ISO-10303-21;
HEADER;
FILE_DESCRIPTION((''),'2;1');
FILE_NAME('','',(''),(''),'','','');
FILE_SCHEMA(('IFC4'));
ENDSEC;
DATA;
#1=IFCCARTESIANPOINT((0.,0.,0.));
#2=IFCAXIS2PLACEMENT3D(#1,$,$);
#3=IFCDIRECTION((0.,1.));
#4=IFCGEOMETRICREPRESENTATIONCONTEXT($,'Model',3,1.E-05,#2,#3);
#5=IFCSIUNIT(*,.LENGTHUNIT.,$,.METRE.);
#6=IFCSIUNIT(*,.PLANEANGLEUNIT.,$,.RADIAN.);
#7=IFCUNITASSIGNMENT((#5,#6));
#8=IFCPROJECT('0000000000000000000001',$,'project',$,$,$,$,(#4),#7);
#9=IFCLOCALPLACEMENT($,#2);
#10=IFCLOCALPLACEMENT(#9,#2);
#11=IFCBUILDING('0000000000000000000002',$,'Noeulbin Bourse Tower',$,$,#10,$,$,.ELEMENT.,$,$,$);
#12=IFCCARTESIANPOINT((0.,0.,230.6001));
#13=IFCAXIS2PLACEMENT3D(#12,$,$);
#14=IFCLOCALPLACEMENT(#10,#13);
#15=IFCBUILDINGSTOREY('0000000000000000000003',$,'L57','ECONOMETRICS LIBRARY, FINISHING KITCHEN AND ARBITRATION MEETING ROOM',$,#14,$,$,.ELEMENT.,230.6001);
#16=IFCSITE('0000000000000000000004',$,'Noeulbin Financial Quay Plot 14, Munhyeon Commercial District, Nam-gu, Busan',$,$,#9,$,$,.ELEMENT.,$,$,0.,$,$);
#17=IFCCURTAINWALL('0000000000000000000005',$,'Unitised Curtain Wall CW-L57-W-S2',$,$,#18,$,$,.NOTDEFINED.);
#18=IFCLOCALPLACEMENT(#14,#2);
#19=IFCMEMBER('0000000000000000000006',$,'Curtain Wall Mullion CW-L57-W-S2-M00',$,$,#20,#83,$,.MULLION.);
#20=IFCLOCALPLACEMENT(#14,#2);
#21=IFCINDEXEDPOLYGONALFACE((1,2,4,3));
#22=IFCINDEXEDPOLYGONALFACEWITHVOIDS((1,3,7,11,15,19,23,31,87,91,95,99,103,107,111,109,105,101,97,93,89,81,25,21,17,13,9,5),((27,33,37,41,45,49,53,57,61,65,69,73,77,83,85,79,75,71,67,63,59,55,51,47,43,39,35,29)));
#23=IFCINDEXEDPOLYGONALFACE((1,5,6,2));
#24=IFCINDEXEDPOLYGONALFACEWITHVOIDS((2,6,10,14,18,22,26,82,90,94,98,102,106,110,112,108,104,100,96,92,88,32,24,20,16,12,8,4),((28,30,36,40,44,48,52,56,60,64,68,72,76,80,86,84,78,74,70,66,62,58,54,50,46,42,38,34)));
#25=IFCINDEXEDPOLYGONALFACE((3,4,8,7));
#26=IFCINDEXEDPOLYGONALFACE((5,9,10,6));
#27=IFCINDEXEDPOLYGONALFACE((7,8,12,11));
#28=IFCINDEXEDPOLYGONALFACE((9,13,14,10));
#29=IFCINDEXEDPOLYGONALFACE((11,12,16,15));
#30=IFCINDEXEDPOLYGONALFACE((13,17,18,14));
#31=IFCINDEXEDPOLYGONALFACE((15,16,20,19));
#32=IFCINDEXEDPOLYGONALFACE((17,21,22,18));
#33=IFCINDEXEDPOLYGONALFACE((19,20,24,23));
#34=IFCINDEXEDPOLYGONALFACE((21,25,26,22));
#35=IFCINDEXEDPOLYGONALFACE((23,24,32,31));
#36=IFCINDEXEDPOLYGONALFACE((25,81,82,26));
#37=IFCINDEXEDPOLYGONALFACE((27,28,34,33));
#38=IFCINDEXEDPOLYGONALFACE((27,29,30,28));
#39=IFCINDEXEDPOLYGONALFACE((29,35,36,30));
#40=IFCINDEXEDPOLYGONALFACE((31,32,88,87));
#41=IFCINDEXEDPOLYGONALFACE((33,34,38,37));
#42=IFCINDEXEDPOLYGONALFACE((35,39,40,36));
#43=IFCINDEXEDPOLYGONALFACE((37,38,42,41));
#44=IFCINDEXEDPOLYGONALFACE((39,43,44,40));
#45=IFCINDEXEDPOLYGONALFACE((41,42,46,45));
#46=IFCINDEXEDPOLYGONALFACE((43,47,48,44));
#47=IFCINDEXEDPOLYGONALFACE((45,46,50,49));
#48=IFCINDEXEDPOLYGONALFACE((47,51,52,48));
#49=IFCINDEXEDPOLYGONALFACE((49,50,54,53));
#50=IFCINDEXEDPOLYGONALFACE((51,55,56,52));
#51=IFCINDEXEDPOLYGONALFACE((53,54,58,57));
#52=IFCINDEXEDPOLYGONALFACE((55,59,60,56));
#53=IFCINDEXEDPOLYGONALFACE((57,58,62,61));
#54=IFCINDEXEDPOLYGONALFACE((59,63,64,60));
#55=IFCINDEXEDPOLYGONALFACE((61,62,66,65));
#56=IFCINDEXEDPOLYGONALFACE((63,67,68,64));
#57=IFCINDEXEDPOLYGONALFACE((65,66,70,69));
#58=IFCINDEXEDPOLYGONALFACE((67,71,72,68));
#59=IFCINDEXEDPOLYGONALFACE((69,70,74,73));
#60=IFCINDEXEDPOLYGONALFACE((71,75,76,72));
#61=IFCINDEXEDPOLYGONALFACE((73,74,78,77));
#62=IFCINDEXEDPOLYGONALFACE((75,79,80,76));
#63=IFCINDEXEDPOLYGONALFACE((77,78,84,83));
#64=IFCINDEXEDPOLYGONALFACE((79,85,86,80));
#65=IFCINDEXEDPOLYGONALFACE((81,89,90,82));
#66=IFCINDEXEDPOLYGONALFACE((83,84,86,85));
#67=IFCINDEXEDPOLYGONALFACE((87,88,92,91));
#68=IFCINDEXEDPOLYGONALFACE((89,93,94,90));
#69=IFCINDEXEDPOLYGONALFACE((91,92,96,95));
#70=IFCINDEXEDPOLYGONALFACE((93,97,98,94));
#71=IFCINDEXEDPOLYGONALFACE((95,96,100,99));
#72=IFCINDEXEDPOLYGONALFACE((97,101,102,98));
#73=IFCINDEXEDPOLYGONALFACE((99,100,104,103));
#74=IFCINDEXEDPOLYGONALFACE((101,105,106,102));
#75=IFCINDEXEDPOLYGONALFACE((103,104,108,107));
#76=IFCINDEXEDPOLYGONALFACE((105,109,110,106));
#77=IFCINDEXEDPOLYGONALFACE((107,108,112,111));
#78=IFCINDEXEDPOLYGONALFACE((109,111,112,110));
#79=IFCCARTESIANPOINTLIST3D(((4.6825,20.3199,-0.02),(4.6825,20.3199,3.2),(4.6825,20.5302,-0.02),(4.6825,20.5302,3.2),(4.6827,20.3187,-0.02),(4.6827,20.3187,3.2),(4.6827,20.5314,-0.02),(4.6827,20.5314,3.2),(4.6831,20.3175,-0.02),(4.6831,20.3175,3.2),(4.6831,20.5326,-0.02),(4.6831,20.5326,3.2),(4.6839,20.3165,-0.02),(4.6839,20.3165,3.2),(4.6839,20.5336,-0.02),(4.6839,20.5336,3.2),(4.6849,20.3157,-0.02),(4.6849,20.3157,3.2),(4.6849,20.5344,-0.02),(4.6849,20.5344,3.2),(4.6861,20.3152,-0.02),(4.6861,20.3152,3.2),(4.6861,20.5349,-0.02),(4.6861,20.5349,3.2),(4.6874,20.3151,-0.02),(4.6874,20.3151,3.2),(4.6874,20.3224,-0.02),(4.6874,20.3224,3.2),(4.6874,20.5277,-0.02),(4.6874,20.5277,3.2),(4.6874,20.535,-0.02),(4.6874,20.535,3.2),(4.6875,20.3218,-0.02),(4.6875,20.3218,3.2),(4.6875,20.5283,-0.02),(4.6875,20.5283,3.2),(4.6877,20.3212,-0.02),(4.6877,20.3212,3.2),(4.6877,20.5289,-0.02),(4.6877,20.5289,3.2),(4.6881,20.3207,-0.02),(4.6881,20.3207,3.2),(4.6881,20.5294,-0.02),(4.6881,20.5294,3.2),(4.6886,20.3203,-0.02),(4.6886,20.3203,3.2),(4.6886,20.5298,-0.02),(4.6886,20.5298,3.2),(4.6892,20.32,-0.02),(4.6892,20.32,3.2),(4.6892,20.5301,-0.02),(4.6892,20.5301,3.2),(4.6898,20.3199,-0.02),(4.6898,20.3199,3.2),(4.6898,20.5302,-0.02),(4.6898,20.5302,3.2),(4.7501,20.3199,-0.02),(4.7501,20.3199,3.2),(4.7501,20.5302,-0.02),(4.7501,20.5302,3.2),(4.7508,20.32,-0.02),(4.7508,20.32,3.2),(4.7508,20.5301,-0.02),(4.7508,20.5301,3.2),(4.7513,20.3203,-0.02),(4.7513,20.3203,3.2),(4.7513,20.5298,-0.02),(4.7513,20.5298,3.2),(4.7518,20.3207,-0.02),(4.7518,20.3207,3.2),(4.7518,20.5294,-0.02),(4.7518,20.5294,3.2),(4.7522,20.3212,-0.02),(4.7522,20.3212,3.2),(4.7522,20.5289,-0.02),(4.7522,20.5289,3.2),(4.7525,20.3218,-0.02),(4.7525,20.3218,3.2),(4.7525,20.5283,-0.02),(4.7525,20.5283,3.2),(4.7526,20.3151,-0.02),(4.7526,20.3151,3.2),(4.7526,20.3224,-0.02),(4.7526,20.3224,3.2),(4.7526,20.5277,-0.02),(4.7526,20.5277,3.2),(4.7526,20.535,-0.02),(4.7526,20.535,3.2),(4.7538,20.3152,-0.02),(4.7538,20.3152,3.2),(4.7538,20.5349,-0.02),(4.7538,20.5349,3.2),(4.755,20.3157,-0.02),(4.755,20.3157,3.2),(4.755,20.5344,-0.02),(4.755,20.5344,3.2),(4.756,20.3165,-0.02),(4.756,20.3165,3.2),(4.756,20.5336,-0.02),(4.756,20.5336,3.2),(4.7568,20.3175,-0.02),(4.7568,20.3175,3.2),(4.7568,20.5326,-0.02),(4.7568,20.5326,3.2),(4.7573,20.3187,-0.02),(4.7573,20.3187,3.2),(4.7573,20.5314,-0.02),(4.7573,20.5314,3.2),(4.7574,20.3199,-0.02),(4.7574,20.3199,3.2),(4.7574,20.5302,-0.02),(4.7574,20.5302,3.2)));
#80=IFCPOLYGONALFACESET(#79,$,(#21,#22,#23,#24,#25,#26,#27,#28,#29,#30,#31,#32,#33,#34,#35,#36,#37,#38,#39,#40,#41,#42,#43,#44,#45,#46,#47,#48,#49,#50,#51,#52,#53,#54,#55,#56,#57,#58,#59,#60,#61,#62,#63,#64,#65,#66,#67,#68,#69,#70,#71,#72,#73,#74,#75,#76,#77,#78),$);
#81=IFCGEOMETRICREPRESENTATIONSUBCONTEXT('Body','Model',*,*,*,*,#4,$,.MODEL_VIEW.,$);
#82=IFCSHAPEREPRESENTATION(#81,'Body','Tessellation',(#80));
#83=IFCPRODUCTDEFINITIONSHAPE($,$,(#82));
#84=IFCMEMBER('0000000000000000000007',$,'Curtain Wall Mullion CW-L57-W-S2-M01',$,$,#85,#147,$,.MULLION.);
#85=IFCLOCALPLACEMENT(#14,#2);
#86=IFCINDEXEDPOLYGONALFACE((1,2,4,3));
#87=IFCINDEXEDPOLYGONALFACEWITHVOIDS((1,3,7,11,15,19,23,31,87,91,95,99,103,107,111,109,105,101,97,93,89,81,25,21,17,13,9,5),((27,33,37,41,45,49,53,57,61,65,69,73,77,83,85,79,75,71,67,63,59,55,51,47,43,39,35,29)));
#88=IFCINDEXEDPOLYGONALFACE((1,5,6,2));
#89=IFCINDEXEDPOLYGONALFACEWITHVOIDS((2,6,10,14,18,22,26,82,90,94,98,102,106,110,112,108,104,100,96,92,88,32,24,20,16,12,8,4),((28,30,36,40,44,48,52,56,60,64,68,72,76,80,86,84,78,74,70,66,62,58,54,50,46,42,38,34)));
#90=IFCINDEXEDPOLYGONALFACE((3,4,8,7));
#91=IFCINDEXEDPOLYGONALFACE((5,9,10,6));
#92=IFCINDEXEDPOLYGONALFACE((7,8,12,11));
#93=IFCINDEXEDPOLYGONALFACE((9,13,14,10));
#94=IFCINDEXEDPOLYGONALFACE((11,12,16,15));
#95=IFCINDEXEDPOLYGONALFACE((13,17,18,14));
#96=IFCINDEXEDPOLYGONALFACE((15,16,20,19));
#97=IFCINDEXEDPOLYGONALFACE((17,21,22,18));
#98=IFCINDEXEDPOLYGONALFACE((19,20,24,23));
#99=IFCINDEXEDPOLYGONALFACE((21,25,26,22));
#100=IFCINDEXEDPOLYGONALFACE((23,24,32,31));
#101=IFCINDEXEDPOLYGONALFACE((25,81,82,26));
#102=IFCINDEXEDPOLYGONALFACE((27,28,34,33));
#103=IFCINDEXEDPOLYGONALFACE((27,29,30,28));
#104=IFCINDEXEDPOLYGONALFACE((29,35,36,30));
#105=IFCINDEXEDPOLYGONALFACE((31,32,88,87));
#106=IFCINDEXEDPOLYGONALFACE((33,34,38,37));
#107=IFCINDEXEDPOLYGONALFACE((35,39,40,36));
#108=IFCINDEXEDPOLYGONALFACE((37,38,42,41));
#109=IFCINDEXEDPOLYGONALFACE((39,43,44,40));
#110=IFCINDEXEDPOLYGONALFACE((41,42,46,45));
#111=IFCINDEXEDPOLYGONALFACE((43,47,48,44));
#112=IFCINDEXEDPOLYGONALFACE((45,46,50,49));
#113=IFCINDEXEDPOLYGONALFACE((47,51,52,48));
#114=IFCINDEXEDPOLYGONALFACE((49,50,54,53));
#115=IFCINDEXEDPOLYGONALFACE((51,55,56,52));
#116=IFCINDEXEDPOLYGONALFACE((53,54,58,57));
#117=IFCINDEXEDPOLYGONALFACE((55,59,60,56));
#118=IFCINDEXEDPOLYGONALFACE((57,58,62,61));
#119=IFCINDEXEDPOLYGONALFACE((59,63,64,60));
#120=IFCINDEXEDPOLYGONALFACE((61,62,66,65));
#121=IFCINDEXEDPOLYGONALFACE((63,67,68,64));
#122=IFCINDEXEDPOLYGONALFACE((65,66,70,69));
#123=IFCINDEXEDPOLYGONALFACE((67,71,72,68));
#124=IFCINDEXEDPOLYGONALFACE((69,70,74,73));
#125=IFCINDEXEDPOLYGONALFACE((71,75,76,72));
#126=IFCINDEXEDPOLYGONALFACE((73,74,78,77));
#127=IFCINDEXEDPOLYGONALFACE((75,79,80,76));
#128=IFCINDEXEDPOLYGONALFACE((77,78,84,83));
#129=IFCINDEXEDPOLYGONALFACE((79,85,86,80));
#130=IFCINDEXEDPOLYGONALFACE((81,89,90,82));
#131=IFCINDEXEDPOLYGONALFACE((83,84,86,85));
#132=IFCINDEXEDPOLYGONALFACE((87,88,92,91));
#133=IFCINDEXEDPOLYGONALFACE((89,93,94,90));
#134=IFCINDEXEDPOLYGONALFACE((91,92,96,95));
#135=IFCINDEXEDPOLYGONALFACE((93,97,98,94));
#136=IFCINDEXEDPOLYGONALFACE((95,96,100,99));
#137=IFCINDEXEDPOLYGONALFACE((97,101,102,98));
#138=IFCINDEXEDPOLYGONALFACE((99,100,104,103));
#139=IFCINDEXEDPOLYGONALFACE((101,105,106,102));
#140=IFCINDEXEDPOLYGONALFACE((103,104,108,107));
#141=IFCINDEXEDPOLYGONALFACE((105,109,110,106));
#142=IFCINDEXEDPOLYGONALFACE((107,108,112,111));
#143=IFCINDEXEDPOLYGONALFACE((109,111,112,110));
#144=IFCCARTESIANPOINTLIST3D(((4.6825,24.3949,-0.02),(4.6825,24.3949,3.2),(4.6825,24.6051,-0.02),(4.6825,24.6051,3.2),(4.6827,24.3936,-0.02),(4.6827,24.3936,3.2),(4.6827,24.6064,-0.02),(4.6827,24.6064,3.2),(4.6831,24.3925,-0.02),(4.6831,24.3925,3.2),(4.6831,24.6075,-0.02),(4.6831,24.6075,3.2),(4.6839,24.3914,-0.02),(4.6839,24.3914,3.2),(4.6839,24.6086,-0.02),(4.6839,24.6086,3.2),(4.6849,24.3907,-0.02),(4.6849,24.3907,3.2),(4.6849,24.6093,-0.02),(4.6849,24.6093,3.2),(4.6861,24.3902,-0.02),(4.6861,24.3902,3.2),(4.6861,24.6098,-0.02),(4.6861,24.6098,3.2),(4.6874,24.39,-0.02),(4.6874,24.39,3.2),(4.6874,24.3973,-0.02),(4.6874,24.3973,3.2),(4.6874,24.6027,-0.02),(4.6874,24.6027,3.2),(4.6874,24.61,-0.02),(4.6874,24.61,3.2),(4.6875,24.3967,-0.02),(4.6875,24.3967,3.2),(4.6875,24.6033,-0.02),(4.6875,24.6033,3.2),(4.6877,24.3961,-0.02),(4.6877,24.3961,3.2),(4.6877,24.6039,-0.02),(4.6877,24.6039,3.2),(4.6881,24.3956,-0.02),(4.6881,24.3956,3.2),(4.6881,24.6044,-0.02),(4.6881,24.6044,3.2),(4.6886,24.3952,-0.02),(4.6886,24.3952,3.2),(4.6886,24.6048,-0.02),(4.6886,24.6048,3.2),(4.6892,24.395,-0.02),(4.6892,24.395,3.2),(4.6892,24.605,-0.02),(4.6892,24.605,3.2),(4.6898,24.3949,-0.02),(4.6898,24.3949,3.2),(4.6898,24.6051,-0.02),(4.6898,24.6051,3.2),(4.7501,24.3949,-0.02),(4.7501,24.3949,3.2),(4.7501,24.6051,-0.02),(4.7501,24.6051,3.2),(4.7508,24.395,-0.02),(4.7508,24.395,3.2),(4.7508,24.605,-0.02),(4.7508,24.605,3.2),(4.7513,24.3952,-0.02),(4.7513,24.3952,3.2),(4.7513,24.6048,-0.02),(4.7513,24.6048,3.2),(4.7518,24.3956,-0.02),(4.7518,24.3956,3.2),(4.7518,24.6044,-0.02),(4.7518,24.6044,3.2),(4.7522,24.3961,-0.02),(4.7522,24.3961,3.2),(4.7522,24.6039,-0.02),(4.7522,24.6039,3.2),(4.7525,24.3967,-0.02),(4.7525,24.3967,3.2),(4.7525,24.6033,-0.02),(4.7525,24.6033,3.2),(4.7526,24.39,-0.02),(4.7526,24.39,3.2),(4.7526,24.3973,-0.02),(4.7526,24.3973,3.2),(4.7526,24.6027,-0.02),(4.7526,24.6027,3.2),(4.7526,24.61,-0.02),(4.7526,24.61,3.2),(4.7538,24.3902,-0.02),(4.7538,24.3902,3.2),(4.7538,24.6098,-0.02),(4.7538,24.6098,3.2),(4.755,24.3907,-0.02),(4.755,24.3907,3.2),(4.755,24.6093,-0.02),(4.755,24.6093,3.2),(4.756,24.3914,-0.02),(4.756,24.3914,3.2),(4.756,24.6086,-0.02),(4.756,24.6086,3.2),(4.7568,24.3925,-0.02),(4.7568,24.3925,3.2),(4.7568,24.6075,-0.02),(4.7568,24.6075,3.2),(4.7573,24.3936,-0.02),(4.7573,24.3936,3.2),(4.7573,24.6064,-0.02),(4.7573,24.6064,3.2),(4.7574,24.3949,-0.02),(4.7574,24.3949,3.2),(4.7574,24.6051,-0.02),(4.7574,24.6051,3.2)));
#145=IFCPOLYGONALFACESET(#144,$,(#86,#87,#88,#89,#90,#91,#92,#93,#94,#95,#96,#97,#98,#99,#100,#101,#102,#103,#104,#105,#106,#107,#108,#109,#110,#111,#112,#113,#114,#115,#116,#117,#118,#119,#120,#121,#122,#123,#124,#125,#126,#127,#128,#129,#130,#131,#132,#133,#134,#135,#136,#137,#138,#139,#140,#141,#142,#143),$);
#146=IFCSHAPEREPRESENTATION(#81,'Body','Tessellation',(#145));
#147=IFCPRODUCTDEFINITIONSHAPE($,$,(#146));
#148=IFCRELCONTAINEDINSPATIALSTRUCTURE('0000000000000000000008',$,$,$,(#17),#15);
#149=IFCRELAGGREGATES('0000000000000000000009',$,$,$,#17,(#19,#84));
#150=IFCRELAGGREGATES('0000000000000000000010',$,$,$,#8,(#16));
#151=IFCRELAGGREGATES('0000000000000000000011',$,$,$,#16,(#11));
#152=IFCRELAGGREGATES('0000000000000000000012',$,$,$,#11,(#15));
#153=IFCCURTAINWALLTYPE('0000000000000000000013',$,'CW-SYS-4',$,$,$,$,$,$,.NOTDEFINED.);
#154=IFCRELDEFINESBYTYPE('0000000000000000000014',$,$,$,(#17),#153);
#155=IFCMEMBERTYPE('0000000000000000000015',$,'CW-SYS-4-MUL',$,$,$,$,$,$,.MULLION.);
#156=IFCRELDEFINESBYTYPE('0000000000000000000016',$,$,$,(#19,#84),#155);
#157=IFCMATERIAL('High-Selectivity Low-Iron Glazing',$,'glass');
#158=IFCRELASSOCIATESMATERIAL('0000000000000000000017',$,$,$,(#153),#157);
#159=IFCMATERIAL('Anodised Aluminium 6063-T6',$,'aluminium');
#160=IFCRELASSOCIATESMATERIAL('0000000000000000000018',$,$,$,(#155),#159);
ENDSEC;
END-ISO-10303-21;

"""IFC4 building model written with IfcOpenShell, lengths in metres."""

from ifc_helpers import new_model, si_unit, direction, frame, origin, origin_2d, place, context, subcontext, project, spatial, hollow_rectangle, extrude, material, material_profile, profile_set, type_object, element, aggregate, save


model = new_model("IFC4")

# Units and contexts
model_context = context("Model", 3, precision=1e-05, world=origin(), true_north=direction((0.0, 1.0)))
body_context = subcontext(model_context, "Body", "Model", "MODEL_VIEW")
ifc_project = project(units=[si_unit("LENGTHUNIT", "METRE"), si_unit("PLANEANGLEUNIT", "RADIAN")], contexts=[model_context])

# Site, building, storey
site_placement = place(None, origin())
site = spatial("IfcSite", under=ifc_project, at=site_placement, Name="Noeulbin Financial Quay Plot 14, Munhyeon Commercial District, Nam-gu, Busan", CompositionType="ELEMENT", RefElevation=0.0)
building_placement = place(site_placement, origin())
building = spatial("IfcBuilding", under=site, at=building_placement, Name="Noeulbin Bourse Tower", CompositionType="ELEMENT")
storey_placement = place(building_placement, frame((0.0, 0.0, 230.6001)))
storey = spatial("IfcBuildingStorey", under=building, at=storey_placement, Name="L57", Description="ECONOMETRICS LIBRARY, FINISHING KITCHEN AND ARBITRATION MEETING ROOM", CompositionType="ELEMENT", Elevation=230.6001)

# Curtain wall, members
ifc_material_1 = material(Name="High-Selectivity Low-Iron Glazing", Category="glass")
curtain_wall_type = type_object("IfcCurtainWallType", Name="CW-SYS-4", PredefinedType="NOTDEFINED", material=ifc_material_1)
ifc_material_2 = material(Name="Anodised Aluminium 6063-T6", Category="aluminium")
ifc_material_profile_1 = material_profile(ifc_material_2, hollow_rectangle(XDim=0.075, YDim=0.22, WallThickness=0.0049, InnerFilletRadius=0.0024, OuterFilletRadius=0.0049, at=origin_2d()), Name="ALU-MULL-75x220x5", Category="LoadBearing")
ifc_profile_set_1 = profile_set([ifc_material_profile_1], Name="Anodised Aluminium 6063-T6")
member_type_1 = type_object("IfcMemberType", Name="CW-SYS-4-MUL", PredefinedType="MULLION", material=ifc_profile_set_1)
curtain_wall_1_placement = place(storey_placement, origin())
curtain_wall_1 = element("IfcCurtainWall", 1, at=curtain_wall_1_placement, inside=storey, type_object=curtain_wall_type, Name="Unitised Curtain Wall CW-L57-W-S2", PredefinedType="NOTDEFINED")
member_1_placement = place(storey_placement, frame((4.72, 20.425, -0.02), z_axis=(0.0, 0.0, 1.0), x_axis=(1.0, 0.0, 0.0)))
member_1 = element("IfcMember", 2, at=member_1_placement, type_object=member_type_1, Name="Curtain Wall Mullion CW-L57-W-S2-M00", PredefinedType="MULLION", context=body_context, shape_type="SweptSolid", body=[
    extrude(hollow_rectangle(XDim=0.075, YDim=0.22, WallThickness=0.0049, InnerFilletRadius=0.0024, OuterFilletRadius=0.0049, at=origin_2d()), origin(), (0.0, 0.0, 1.0), 3.22),
])
member_2_placement = place(storey_placement, frame((4.72, 24.5, -0.02), z_axis=(0.0, 0.0, 1.0), x_axis=(1.0, 0.0, 0.0)))
member_2 = element("IfcMember", 3, at=member_2_placement, type_object=member_type_1, Name="Curtain Wall Mullion CW-L57-W-S2-M01", PredefinedType="MULLION", context=body_context, shape_type="SweptSolid", body=[
    extrude(hollow_rectangle(XDim=0.075, YDim=0.22, WallThickness=0.0049, InnerFilletRadius=0.0024, OuterFilletRadius=0.0049, at=origin_2d()), origin(), (0.0, 0.0, 1.0), 3.22),
])

aggregate(curtain_wall_1, [member_1, member_2])

save(model, "model.ifc")
